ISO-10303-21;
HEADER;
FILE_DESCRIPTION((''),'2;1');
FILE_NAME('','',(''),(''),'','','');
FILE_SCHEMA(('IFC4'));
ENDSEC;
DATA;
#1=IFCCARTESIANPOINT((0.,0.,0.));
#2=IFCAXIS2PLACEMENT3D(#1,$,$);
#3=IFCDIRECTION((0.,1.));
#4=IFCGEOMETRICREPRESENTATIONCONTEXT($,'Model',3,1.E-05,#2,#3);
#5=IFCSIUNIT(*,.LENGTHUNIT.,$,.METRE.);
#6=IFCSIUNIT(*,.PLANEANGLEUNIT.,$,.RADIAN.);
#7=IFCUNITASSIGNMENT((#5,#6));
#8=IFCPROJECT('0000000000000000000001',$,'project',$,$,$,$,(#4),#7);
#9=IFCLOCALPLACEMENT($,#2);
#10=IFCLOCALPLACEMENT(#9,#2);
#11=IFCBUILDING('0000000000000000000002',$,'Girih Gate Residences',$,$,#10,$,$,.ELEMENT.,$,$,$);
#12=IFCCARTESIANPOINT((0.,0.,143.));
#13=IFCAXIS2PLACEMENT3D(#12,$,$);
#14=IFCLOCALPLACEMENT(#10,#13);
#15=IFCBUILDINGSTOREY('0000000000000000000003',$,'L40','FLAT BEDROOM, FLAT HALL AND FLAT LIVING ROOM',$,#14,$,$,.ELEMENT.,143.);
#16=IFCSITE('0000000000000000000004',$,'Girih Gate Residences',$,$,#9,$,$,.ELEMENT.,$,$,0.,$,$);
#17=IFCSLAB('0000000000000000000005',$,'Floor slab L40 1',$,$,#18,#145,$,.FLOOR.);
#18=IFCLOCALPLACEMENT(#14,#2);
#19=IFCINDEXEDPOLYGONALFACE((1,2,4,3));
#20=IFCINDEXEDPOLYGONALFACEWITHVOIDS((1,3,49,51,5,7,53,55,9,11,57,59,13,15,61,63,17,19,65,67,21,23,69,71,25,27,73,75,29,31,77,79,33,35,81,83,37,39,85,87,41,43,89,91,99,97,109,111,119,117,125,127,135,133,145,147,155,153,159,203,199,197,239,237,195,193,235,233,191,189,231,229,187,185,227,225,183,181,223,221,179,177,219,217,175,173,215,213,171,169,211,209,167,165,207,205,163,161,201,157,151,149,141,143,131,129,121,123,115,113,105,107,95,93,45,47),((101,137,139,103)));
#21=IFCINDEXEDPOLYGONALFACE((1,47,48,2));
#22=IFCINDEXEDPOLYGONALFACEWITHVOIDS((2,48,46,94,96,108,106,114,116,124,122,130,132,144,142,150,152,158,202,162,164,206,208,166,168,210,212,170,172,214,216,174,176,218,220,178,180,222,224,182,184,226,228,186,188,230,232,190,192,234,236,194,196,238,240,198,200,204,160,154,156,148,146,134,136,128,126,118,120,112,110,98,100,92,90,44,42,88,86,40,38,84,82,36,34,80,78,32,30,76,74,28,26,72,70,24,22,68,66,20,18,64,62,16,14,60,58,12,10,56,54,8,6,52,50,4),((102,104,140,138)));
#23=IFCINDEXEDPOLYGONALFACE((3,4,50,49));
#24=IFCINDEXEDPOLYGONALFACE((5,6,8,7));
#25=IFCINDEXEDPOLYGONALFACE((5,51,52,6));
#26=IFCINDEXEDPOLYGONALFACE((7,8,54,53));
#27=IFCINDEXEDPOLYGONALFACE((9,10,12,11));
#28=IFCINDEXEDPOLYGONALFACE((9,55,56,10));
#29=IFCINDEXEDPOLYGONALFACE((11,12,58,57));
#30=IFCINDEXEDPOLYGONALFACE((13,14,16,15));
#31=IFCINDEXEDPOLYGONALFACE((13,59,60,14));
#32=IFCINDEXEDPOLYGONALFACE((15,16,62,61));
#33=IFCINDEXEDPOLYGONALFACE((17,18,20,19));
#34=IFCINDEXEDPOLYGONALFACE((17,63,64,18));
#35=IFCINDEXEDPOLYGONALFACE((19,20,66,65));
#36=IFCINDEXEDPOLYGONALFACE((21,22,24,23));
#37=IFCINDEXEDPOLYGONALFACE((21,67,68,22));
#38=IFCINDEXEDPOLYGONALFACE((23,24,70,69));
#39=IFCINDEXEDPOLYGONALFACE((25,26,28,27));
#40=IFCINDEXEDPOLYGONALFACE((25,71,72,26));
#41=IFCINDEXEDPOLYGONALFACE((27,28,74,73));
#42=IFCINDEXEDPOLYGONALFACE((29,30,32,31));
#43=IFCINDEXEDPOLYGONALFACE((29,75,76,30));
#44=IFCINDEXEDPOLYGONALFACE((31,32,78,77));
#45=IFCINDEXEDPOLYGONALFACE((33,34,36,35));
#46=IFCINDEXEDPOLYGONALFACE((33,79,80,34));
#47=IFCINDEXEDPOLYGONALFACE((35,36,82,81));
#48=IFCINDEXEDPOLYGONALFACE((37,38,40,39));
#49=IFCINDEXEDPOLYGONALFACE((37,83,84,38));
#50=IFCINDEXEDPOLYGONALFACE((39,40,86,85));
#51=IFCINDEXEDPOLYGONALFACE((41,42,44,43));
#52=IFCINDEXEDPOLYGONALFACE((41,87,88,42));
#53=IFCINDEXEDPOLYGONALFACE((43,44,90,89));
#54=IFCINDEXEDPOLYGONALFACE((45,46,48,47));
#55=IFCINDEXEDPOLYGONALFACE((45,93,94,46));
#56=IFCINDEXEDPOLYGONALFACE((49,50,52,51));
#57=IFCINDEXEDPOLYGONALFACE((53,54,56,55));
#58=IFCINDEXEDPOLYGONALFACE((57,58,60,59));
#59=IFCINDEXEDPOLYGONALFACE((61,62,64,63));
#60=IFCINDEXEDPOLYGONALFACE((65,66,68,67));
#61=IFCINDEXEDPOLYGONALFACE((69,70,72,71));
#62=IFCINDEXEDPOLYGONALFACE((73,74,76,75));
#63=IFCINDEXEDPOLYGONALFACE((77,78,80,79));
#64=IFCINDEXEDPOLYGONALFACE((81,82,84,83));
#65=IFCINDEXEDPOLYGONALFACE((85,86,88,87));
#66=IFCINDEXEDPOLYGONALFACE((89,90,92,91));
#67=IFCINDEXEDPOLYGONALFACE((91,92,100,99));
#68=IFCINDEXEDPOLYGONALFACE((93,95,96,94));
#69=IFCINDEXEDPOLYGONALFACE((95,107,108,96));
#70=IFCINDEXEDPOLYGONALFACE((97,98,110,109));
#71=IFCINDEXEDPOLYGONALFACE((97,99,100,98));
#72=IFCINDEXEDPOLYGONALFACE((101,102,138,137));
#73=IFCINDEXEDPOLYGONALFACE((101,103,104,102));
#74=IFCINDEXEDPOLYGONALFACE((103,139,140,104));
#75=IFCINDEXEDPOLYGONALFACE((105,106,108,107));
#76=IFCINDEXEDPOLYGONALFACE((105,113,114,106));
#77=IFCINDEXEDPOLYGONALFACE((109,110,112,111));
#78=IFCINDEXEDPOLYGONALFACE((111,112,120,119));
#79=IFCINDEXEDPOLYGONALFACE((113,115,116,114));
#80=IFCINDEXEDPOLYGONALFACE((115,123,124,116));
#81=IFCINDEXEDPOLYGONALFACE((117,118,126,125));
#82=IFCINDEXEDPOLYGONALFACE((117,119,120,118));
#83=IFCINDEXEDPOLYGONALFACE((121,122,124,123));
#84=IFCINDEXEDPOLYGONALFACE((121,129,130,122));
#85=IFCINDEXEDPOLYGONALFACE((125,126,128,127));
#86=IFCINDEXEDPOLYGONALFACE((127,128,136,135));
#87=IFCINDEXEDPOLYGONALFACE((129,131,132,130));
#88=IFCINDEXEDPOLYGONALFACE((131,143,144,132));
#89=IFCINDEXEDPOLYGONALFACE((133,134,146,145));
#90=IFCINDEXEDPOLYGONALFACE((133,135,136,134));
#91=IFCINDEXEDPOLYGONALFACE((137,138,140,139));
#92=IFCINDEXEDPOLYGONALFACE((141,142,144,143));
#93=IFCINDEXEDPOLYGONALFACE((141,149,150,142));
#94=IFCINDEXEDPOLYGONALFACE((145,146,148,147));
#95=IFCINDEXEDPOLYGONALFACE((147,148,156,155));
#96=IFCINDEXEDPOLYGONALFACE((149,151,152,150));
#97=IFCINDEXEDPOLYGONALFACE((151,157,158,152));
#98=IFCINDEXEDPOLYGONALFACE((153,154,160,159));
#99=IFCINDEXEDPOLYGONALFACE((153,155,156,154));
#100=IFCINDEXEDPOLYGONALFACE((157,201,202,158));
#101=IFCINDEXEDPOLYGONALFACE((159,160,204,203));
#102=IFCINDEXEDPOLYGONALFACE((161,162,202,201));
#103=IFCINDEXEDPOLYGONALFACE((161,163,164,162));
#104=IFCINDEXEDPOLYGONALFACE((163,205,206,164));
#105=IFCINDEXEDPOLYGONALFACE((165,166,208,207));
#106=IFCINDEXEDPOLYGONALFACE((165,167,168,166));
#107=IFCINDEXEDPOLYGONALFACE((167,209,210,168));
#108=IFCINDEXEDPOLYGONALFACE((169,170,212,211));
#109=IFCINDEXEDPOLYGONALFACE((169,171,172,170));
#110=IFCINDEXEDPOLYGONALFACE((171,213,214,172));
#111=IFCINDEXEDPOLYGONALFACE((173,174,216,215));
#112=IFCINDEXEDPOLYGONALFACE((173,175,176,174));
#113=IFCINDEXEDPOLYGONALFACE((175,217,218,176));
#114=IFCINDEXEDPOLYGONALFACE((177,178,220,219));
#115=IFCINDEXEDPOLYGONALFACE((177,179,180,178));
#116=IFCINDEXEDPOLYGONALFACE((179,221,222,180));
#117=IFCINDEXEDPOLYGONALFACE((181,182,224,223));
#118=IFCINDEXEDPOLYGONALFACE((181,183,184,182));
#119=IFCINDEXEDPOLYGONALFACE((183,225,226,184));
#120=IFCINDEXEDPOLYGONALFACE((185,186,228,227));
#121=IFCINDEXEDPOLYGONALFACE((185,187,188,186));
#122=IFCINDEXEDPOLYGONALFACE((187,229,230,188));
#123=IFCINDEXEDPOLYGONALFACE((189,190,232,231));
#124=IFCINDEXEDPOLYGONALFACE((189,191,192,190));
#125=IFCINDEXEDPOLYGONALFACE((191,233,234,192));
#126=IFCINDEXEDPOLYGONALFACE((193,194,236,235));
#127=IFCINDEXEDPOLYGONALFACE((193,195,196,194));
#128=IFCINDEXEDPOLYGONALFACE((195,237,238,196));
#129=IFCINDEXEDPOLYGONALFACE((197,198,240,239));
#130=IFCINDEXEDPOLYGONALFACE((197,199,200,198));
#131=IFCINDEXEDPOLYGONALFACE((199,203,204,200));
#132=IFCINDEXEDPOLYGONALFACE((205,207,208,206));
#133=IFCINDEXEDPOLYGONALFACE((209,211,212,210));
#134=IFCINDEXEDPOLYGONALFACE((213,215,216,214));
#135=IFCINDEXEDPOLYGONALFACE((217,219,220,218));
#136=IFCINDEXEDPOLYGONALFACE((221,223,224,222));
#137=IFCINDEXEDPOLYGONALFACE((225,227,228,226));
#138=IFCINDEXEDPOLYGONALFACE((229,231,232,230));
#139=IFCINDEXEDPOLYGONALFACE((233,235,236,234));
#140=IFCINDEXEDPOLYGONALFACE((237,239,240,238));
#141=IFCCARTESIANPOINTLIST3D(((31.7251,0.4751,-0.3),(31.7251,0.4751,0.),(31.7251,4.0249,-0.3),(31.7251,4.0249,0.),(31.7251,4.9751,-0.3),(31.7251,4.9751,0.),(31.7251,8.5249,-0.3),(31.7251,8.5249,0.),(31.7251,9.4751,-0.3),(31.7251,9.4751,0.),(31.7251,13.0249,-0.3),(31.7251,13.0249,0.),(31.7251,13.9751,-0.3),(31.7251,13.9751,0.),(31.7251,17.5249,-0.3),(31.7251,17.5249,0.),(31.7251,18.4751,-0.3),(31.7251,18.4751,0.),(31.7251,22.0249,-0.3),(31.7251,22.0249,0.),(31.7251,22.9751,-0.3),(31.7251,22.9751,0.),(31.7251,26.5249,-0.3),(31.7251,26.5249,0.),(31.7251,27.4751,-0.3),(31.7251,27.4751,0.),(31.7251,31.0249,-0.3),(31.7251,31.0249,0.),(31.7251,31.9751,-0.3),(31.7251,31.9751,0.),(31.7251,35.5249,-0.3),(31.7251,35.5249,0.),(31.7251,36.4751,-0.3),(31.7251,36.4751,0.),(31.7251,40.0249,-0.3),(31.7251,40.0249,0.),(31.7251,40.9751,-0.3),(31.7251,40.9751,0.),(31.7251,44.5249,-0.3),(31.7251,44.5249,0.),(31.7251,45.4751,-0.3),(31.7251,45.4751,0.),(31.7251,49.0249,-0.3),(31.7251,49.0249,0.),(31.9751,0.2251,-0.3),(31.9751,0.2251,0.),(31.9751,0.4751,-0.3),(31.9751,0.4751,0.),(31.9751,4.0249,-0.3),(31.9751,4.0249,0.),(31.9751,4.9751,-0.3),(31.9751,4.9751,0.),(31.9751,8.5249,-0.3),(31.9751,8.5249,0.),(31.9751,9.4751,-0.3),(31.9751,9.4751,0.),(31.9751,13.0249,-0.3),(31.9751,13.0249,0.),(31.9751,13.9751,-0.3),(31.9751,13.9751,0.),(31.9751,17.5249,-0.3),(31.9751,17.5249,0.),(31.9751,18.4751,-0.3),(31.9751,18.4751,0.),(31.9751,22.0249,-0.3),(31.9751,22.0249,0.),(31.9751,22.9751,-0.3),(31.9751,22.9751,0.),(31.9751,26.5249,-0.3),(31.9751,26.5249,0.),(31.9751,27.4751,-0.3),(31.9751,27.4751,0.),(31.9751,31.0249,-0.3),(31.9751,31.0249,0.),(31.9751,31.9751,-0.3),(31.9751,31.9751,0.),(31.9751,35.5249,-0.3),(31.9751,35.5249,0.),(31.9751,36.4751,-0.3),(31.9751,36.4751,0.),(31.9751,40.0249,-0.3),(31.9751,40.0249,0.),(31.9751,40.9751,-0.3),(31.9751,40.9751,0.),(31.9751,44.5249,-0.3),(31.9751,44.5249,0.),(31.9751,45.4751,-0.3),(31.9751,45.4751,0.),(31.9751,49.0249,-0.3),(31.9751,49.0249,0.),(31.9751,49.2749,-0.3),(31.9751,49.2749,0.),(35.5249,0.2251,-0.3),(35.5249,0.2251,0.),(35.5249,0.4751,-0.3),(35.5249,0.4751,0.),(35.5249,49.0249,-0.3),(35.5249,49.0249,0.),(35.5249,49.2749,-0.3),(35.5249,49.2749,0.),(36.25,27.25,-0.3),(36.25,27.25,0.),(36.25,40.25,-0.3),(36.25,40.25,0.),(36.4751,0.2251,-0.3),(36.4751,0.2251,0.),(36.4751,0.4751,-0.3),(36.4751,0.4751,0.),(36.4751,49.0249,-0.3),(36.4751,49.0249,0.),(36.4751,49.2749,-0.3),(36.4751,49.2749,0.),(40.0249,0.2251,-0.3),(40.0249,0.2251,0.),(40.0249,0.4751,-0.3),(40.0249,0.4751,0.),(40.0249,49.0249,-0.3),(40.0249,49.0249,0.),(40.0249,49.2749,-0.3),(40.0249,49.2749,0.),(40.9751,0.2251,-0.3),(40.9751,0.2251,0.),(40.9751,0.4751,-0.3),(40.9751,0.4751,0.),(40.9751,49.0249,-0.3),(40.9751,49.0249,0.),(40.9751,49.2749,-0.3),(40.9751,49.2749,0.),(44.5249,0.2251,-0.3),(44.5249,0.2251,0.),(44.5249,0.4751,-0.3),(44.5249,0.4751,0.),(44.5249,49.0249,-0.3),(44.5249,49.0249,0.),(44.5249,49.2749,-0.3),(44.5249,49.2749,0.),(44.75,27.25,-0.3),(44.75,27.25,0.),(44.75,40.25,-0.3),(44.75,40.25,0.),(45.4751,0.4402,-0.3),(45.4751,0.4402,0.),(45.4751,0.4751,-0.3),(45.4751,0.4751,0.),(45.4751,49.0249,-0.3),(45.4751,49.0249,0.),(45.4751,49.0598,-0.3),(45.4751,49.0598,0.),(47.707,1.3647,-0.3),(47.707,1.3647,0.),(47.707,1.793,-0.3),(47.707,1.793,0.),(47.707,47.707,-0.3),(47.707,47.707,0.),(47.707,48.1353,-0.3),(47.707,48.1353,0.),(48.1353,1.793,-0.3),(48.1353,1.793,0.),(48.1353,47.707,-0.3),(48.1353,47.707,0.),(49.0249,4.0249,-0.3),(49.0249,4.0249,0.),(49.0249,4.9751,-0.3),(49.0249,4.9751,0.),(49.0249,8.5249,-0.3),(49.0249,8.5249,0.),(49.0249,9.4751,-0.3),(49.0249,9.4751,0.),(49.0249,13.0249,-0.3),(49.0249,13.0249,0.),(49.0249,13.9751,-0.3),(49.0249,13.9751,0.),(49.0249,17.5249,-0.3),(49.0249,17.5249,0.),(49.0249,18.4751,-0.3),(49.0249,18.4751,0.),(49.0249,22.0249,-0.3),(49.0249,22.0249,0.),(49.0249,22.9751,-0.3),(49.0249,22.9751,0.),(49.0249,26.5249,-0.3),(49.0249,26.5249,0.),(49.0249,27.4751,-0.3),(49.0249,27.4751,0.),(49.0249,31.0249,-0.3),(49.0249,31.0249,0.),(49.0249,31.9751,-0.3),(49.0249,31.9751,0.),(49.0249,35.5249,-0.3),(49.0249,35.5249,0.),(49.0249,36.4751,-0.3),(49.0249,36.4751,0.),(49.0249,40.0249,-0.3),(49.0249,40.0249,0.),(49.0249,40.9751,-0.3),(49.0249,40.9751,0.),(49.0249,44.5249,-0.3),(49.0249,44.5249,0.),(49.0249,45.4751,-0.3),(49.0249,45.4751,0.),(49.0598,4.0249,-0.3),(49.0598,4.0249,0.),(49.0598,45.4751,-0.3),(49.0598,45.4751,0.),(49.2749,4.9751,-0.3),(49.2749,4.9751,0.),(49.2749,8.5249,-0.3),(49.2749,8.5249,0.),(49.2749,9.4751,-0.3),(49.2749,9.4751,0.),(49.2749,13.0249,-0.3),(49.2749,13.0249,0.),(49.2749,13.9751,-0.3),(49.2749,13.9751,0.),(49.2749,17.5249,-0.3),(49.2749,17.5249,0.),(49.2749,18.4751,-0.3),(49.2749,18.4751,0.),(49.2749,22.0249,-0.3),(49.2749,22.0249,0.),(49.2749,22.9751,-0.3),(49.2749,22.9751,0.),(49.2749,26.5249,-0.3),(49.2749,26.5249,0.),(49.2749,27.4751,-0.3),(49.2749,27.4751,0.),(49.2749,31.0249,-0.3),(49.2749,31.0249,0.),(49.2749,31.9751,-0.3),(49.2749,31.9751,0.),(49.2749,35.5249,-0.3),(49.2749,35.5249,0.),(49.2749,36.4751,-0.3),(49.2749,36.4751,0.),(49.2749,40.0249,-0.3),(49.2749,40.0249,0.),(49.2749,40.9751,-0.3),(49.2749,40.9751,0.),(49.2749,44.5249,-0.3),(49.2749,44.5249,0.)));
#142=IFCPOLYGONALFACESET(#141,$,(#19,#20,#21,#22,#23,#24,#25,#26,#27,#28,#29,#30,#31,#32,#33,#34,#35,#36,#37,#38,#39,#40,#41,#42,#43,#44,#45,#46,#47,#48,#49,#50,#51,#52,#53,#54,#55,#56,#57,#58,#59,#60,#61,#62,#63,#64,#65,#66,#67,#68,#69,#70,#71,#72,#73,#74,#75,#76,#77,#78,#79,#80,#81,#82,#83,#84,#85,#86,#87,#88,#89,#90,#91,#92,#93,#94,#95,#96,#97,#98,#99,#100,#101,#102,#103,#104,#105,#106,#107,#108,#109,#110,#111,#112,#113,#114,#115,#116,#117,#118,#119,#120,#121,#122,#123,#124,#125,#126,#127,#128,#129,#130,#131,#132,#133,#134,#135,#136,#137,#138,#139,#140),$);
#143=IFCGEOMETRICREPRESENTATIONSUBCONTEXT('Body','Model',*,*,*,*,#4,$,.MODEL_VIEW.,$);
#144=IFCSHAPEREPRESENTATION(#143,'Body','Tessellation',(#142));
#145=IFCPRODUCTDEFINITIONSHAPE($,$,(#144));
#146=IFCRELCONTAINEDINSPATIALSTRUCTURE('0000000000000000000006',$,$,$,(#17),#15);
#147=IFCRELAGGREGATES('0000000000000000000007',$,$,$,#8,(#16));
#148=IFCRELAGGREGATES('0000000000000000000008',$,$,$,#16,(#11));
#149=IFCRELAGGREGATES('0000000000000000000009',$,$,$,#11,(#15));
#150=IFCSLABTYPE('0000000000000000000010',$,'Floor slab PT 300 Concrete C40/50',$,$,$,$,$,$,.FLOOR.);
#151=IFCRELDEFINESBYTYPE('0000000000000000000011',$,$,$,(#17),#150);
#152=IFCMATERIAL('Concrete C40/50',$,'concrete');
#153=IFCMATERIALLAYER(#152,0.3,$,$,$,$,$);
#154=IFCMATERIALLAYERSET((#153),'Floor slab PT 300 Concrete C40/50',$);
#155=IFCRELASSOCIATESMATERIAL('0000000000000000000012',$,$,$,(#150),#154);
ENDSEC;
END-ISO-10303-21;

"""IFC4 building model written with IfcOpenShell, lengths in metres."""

from ifc_helpers import new_model, si_unit, direction, frame, origin, place, context, subcontext, project, spatial, polyline, outline, extrude, material, layer, layer_set, type_object, element, save


model = new_model("IFC4")

# Units and contexts
model_context = context("Model", 3, precision=1e-05, world=origin(), true_north=direction((0.0, 1.0)))
body_context = subcontext(model_context, "Body", "Model", "MODEL_VIEW")
ifc_project = project(units=[si_unit("LENGTHUNIT", "METRE"), si_unit("PLANEANGLEUNIT", "RADIAN")], contexts=[model_context])

# Site, building, storey
site_placement = place(None, origin())
site = spatial("IfcSite", under=ifc_project, at=site_placement, Name="Girih Gate Residences", CompositionType="ELEMENT", RefElevation=0.0)
building_placement = place(site_placement, origin())
building = spatial("IfcBuilding", under=site, at=building_placement, Name="Girih Gate Residences", CompositionType="ELEMENT")
storey_placement = place(building_placement, frame((0.0, 0.0, 143.0)))
storey = spatial("IfcBuildingStorey", under=building, at=storey_placement, Name="L40", Description="FLAT BEDROOM, FLAT HALL AND FLAT LIVING ROOM", CompositionType="ELEMENT", Elevation=143.0)

# Slab
ifc_material_1 = material(Name="Concrete C40/50", Category="concrete")
ifc_layer_1 = layer(ifc_material_1, 0.3)
ifc_layer_set_1 = layer_set([ifc_layer_1], Name="Floor slab PT 300 Concrete C40/50")
slab_type_1 = type_object("IfcSlabType", Name="Floor slab PT 300 Concrete C40/50", PredefinedType="FLOOR", material=ifc_layer_set_1)
slab_1_placement = place(storey_placement, frame((0.0, 0.0, -0.3)))
element("IfcSlab", 1, at=slab_1_placement, inside=storey, type_object=slab_type_1, Name="Floor slab L40 1", PredefinedType="FLOOR", context=body_context, shape_type="SweptSolid", body=[
    extrude(outline(polyline([(35.5249, 49.2749), (31.9751, 49.2749), (31.9751, 49.0249), (31.7251, 49.0249), (31.7251, 45.4751), (31.9751, 45.4751), (31.9751, 44.5249), (31.7251, 44.5249), (31.7251, 40.9751), (31.9751, 40.9751), (31.9751, 40.0249), (31.7251, 40.0249), (31.7251, 36.4751), (31.9751, 36.4751), (31.9751, 35.5249), (31.7251, 35.5249), (31.7251, 31.9751), (31.9751, 31.9751), (31.9751, 31.0249), (31.7251, 31.0249), (31.7251, 27.4751), (31.9751, 27.4751), (31.9751, 26.5249), (31.7251, 26.5249), (31.7251, 22.9751), (31.9751, 22.9751), (31.9751, 22.0249), (31.7251, 22.0249), (31.7251, 18.4751), (31.9751, 18.4751), (31.9751, 17.5249), (31.7251, 17.5249), (31.7251, 13.9751), (31.9751, 13.9751), (31.9751, 13.0249), (31.7251, 13.0249), (31.7251, 9.4751), (31.9751, 9.4751), (31.9751, 8.5249), (31.7251, 8.5249), (31.7251, 4.9751), (31.9751, 4.9751), (31.9751, 4.0249), (31.7251, 4.0249), (31.7251, 0.4751), (31.9751, 0.4751), (31.9751, 0.2251), (35.5249, 0.2251), (35.5249, 0.4751), (36.4751, 0.4751), (36.4751, 0.2251), (40.0249, 0.2251), (40.0249, 0.4751), (40.9751, 0.4751), (40.9751, 0.2251), (44.5249, 0.2251), (44.5249, 0.4751), (45.4751, 0.4751), (45.4751, 0.4402), (47.707, 1.3647), (47.707, 1.793), (48.1353, 1.793), (49.0598, 4.0249), (49.0249, 4.0249), (49.0249, 4.9751), (49.2749, 4.9751), (49.2749, 8.5249), (49.0249, 8.5249), (49.0249, 9.4751), (49.2749, 9.4751), (49.2749, 13.0249), (49.0249, 13.0249), (49.0249, 13.9751), (49.2749, 13.9751), (49.2749, 17.5249), (49.0249, 17.5249), (49.0249, 18.4751), (49.2749, 18.4751), (49.2749, 22.0249), (49.0249, 22.0249), (49.0249, 22.9751), (49.2749, 22.9751), (49.2749, 26.5249), (49.0249, 26.5249), (49.0249, 27.4751), (49.2749, 27.4751), (49.2749, 31.0249), (49.0249, 31.0249), (49.0249, 31.9751), (49.2749, 31.9751), (49.2749, 35.5249), (49.0249, 35.5249), (49.0249, 36.4751), (49.2749, 36.4751), (49.2749, 40.0249), (49.0249, 40.0249), (49.0249, 40.9751), (49.2749, 40.9751), (49.2749, 44.5249), (49.0249, 44.5249), (49.0249, 45.4751), (49.0598, 45.4751), (48.1353, 47.707), (47.707, 47.707), (47.707, 48.1353), (45.4751, 49.0598), (45.4751, 49.0249), (44.5249, 49.0249), (44.5249, 49.2749), (40.9751, 49.2749), (40.9751, 49.0249), (40.0249, 49.0249), (40.0249, 49.2749), (36.4751, 49.2749), (36.4751, 49.0249), (35.5249, 49.0249), (35.5249, 49.2749)]), holes=[polyline([(44.75, 40.25), (44.75, 27.25), (36.25, 27.25), (36.25, 40.25), (44.75, 40.25)])]), origin(), (0.0, 0.0, 1.0), 0.3),
])

save(model, "model.ifc")
